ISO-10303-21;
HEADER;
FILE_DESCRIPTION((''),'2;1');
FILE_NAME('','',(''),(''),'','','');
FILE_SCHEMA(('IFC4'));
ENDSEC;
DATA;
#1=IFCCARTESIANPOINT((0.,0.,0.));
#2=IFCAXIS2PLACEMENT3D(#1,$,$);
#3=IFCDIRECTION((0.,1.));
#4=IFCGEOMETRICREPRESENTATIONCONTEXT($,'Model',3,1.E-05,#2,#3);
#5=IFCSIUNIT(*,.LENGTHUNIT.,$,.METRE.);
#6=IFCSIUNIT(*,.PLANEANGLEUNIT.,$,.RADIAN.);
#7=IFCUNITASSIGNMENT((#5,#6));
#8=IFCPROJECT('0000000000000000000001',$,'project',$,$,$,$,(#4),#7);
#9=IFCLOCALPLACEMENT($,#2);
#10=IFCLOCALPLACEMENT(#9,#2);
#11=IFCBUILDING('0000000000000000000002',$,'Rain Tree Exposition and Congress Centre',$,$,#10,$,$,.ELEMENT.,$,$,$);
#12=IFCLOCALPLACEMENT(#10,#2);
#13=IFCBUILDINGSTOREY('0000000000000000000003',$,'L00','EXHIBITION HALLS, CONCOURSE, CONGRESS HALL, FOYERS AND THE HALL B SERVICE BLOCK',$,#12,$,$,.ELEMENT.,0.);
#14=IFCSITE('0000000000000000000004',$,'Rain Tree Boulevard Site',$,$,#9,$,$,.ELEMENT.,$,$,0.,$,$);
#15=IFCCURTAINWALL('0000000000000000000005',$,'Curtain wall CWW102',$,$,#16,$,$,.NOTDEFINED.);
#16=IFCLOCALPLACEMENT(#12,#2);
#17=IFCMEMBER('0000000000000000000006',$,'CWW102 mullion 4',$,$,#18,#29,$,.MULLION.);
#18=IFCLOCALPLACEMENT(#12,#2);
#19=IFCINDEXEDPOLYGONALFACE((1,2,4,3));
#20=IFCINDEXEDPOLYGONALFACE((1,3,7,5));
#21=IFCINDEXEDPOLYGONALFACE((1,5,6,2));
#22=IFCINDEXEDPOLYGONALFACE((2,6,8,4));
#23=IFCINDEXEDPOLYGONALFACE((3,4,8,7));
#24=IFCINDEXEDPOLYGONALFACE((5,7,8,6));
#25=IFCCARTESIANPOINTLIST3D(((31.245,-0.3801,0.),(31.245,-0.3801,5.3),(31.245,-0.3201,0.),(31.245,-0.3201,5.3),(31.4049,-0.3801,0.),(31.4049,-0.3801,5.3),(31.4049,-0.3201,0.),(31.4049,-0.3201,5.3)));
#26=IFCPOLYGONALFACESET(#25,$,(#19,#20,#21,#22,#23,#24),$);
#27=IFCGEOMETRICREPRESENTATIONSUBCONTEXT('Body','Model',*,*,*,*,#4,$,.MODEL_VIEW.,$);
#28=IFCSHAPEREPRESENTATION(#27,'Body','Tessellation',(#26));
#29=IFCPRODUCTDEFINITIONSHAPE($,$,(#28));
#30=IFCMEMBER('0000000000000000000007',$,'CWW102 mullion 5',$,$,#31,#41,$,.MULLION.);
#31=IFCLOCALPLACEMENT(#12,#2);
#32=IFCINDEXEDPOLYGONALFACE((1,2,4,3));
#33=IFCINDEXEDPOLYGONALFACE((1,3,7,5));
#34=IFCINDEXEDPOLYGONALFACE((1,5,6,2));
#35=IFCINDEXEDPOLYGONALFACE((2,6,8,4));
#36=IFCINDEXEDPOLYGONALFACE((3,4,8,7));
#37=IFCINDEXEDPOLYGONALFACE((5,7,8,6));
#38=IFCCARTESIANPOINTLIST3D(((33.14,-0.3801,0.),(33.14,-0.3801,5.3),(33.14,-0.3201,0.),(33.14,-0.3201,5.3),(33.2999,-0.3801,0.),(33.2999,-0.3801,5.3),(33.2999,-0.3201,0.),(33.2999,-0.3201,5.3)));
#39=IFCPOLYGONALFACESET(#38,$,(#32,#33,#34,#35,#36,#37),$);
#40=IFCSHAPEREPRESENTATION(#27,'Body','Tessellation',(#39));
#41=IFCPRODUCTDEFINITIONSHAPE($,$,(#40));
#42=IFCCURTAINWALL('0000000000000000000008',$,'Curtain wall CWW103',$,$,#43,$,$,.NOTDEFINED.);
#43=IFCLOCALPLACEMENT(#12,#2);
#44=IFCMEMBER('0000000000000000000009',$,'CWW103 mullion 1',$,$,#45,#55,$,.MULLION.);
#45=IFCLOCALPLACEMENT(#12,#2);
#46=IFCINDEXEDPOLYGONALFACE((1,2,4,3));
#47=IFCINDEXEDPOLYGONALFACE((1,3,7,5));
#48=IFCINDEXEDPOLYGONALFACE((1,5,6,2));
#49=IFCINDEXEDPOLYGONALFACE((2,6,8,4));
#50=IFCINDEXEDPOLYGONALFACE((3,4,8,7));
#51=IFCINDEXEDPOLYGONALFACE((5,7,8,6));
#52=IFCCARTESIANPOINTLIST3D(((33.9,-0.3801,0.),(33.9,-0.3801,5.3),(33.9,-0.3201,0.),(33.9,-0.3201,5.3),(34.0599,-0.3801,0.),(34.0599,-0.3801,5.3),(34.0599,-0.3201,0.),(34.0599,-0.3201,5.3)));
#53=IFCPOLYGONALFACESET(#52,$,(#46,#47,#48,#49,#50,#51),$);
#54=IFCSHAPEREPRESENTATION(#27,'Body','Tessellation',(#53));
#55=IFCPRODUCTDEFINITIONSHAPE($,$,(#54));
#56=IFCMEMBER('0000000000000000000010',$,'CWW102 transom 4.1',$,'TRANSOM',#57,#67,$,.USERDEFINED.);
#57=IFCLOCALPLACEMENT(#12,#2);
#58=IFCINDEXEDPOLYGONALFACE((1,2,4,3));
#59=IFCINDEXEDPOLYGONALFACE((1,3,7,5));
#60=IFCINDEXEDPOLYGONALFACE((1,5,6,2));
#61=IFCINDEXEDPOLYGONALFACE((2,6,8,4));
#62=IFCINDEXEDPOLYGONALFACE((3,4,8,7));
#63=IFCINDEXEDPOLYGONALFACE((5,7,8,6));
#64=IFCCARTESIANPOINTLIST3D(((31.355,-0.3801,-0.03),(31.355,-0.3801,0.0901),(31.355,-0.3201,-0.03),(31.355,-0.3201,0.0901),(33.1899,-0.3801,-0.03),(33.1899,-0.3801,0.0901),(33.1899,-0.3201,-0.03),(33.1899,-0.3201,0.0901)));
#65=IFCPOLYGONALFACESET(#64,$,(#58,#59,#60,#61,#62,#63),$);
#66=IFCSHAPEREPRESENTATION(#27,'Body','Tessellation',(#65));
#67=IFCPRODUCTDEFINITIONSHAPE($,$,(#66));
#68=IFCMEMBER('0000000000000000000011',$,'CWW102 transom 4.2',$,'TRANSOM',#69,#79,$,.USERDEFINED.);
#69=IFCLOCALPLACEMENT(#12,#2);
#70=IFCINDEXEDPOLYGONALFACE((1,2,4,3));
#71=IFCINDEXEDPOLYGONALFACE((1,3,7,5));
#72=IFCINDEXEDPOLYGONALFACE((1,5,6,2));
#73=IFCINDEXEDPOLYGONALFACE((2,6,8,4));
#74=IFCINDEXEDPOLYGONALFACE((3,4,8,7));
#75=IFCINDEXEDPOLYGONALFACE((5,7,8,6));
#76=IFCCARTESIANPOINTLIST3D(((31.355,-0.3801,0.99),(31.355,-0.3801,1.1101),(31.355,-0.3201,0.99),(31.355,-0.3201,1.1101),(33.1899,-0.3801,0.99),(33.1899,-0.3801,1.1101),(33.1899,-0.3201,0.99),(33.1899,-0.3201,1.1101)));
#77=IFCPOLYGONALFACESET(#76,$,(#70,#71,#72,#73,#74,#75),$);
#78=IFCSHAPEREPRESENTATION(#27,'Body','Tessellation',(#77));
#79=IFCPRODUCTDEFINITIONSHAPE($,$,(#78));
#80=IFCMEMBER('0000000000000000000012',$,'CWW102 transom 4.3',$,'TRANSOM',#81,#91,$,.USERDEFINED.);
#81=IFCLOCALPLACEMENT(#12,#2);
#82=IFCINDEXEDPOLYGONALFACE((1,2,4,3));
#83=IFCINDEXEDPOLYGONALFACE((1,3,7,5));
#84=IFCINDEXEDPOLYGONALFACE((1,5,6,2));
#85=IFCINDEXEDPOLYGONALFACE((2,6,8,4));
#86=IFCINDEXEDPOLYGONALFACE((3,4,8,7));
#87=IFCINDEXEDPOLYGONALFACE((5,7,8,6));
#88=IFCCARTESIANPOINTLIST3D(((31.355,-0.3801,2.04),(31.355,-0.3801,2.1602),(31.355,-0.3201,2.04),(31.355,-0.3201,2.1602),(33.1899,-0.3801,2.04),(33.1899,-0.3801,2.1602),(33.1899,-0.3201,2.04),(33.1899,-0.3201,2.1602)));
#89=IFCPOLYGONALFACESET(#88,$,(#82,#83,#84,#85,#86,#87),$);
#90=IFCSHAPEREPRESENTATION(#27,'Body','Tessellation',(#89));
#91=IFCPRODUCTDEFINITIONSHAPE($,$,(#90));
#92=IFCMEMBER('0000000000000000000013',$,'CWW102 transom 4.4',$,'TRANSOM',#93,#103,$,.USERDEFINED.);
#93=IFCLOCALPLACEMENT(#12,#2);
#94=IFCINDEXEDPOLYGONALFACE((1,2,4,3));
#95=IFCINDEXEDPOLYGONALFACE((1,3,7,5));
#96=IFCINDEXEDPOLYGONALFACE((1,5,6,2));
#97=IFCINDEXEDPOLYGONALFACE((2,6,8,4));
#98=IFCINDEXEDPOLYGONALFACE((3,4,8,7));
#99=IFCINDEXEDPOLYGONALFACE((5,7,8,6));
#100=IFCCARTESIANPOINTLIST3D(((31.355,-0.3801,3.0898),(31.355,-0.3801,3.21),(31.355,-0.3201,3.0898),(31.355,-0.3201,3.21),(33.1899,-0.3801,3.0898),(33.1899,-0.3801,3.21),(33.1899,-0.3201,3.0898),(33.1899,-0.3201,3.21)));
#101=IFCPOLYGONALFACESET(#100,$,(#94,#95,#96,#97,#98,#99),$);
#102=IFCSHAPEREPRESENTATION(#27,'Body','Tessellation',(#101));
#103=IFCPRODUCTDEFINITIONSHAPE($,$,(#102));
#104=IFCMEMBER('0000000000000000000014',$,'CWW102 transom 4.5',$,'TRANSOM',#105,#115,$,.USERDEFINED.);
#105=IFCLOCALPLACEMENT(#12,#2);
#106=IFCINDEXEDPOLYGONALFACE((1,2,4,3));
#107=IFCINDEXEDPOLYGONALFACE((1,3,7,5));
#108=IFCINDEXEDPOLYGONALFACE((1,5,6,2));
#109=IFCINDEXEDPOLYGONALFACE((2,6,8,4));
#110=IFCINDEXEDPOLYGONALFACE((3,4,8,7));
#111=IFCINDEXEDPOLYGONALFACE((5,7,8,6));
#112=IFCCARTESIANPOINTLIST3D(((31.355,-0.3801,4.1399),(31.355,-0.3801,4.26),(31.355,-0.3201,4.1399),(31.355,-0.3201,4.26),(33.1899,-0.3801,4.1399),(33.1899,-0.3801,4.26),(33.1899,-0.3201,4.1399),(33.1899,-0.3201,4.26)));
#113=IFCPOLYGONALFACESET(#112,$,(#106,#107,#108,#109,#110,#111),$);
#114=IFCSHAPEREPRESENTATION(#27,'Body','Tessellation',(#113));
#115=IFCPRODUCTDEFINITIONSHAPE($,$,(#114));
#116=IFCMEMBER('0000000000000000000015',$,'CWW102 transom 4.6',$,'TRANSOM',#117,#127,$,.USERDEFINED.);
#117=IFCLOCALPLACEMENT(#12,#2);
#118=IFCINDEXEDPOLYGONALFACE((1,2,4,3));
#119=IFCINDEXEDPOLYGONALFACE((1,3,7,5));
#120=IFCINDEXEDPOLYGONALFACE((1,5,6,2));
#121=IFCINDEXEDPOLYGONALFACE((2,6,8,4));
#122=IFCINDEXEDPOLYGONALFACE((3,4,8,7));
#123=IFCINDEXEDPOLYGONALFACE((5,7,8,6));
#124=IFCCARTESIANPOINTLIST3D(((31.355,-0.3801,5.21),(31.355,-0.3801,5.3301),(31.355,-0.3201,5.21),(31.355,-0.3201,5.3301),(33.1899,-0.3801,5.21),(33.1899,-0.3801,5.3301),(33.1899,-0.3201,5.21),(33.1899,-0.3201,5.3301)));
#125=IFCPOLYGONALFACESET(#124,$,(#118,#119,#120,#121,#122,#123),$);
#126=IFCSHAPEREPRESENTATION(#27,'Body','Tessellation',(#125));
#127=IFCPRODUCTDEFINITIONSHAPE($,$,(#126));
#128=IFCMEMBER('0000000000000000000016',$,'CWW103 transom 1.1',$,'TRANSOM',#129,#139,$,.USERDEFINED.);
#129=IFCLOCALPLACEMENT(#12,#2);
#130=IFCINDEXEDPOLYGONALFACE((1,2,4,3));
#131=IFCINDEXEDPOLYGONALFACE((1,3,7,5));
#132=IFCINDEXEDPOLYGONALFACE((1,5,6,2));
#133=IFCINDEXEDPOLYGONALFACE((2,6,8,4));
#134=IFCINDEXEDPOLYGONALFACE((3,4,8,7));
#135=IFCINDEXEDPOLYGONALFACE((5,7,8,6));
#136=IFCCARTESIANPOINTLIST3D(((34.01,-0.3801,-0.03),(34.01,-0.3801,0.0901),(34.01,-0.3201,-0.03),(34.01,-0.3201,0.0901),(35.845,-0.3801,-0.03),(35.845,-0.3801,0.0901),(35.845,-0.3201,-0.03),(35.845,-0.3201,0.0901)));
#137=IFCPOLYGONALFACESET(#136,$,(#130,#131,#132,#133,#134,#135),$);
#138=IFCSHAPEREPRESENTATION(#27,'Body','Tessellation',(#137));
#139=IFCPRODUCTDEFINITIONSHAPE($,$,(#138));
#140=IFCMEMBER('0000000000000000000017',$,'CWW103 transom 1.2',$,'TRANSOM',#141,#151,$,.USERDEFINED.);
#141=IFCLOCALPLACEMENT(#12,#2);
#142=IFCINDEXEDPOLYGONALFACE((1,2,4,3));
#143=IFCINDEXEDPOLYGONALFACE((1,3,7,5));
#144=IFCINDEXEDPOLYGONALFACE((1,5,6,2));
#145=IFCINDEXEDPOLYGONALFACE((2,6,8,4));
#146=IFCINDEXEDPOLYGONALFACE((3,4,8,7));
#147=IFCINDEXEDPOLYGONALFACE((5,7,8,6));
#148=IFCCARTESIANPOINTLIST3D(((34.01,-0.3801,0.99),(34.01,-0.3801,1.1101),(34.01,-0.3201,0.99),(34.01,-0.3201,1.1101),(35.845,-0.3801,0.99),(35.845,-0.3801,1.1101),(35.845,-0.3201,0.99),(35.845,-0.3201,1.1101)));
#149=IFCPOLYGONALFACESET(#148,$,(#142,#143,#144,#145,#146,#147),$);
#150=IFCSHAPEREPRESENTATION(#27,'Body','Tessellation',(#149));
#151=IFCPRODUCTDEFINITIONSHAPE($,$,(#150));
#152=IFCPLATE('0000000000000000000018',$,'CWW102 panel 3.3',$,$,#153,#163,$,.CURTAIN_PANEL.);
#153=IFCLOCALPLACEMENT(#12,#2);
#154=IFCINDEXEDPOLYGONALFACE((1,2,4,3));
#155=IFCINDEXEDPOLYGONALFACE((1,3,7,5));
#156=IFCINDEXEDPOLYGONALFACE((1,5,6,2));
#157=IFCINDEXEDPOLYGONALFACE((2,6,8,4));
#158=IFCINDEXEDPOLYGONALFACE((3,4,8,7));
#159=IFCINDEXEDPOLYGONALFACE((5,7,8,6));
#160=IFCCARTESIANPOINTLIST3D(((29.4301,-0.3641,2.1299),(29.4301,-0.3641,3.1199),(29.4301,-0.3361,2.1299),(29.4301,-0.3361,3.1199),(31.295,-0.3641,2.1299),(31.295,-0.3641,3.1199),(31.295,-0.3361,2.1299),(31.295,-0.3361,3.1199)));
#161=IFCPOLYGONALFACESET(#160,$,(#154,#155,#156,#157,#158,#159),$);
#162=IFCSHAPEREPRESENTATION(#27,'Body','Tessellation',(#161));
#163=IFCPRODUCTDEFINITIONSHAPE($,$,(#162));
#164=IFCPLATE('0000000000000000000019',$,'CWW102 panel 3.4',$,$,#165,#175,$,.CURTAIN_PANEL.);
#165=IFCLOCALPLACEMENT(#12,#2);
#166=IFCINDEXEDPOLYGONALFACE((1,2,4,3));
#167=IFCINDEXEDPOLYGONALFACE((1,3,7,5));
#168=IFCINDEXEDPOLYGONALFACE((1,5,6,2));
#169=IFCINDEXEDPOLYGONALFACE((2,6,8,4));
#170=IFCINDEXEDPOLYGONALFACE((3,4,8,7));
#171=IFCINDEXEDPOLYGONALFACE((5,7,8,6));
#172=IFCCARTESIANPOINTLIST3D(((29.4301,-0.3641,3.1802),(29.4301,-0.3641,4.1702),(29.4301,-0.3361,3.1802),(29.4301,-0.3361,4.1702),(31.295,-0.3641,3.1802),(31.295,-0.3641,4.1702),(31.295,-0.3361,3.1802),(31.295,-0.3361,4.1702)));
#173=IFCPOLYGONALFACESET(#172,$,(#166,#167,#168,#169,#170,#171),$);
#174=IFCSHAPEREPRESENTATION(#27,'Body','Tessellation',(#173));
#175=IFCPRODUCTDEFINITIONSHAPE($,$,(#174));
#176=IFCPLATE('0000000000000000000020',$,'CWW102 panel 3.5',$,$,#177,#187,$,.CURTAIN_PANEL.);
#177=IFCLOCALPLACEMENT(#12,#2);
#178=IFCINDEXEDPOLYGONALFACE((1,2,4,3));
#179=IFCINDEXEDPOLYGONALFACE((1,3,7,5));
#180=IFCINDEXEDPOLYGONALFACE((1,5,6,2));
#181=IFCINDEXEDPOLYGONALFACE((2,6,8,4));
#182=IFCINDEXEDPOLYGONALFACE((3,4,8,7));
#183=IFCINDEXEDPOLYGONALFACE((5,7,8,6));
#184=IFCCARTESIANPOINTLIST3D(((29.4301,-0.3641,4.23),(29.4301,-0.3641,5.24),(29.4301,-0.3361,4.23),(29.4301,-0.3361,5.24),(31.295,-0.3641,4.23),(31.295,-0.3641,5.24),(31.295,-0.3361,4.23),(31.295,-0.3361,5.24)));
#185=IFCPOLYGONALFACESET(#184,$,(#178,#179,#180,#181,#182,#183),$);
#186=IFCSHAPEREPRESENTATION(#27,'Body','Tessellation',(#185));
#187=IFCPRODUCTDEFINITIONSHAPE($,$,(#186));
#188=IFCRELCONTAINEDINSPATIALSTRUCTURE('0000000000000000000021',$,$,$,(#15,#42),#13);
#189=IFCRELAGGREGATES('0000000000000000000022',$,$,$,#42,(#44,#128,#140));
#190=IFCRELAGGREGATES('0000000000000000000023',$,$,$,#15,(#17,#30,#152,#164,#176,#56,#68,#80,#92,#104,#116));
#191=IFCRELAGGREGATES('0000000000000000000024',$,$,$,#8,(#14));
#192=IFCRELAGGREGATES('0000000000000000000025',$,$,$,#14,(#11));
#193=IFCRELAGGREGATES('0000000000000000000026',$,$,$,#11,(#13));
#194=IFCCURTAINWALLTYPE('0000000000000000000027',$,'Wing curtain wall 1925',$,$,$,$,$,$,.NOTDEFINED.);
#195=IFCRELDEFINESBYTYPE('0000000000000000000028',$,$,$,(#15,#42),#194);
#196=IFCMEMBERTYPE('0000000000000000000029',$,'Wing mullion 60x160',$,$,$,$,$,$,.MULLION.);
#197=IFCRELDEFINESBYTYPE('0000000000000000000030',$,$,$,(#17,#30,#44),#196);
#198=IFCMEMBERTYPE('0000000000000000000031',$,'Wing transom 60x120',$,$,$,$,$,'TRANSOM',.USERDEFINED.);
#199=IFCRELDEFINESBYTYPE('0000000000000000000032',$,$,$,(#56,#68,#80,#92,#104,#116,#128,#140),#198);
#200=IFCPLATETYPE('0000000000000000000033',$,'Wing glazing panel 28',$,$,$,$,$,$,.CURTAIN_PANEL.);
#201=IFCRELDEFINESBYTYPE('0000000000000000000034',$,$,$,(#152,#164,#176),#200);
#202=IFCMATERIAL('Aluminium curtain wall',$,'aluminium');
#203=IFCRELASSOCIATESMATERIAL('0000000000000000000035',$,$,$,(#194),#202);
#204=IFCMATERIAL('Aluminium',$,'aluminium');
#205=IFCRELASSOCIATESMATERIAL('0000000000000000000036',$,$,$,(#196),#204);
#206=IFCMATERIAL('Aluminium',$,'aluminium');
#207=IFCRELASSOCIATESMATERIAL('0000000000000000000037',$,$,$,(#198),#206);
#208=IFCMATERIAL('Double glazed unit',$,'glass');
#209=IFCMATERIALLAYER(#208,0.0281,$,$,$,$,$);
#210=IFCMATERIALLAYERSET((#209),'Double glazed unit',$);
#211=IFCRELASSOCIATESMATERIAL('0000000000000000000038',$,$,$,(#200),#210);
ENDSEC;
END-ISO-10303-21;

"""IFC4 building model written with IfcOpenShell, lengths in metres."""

from ifc_helpers import new_model, si_unit, direction, frame, origin, origin_2d, place, context, subcontext, project, spatial, rectangle, extrude, material, layer, layer_set, material_profile, profile_set, type_object, element, aggregate, save


model = new_model("IFC4")

# Units and contexts
model_context = context("Model", 3, precision=1e-05, world=origin(), true_north=direction((0.0, 1.0)))
body_context = subcontext(model_context, "Body", "Model", "MODEL_VIEW")
ifc_project = project(units=[si_unit("LENGTHUNIT", "METRE"), si_unit("PLANEANGLEUNIT", "RADIAN")], contexts=[model_context])

# Site, building, storey
site_placement = place(None, origin())
site = spatial("IfcSite", under=ifc_project, at=site_placement, Name="Rain Tree Boulevard Site", CompositionType="ELEMENT", RefElevation=0.0)
building_placement = place(site_placement, origin())
building = spatial("IfcBuilding", under=site, at=building_placement, Name="Rain Tree Exposition and Congress Centre", CompositionType="ELEMENT")
storey_placement = place(building_placement, origin())
storey = spatial("IfcBuildingStorey", under=building, at=storey_placement, Name="L00", Description="EXHIBITION HALLS, CONCOURSE, CONGRESS HALL, FOYERS AND THE HALL B SERVICE BLOCK", CompositionType="ELEMENT", Elevation=0.0)

# Curtain wall, members
ifc_material_1 = material(Name="Aluminium curtain wall", Category="aluminium")
curtain_wall_type = type_object("IfcCurtainWallType", Name="Wing curtain wall 1925", PredefinedType="NOTDEFINED", material=ifc_material_1)
curtain_wall_1_placement = place(storey_placement, origin())
curtain_wall_1 = element("IfcCurtainWall", 1, at=curtain_wall_1_placement, inside=storey, type_object=curtain_wall_type, Name="Curtain wall CWW102", PredefinedType="NOTDEFINED")
ifc_material_2 = material(Name="Aluminium", Category="aluminium")
ifc_material_profile_1 = material_profile(ifc_material_2, rectangle(XDim=0.0601, YDim=0.1599, at=origin_2d()), Name="Aluminium 60x160")
ifc_profile_set_1 = profile_set([ifc_material_profile_1], Name="Aluminium")
member_type_1 = type_object("IfcMemberType", Name="Wing mullion 60x160", PredefinedType="MULLION", material=ifc_profile_set_1)
member_1_placement = place(storey_placement, frame((31.325, -0.3501, 0.0), z_axis=(0.0, 0.0, 1.0), x_axis=(0.0, 1.0, 0.0)))
member_1 = element("IfcMember", 2, at=member_1_placement, type_object=member_type_1, Name="CWW102 mullion 4", PredefinedType="MULLION", context=body_context, shape_type="SweptSolid", body=[
    extrude(rectangle(XDim=0.0601, YDim=0.1599, at=origin_2d()), origin(), (0.0, 0.0, 1.0), 5.3),
])
member_2_placement = place(storey_placement, frame((33.22, -0.3501, 0.0), z_axis=(0.0, 0.0, 1.0), x_axis=(0.0, 1.0, 0.0)))
member_2 = element("IfcMember", 3, at=member_2_placement, type_object=member_type_1, Name="CWW102 mullion 5", PredefinedType="MULLION", context=body_context, shape_type="SweptSolid", body=[
    extrude(rectangle(XDim=0.0601, YDim=0.1599, at=origin_2d()), origin(), (0.0, 0.0, 1.0), 5.3),
])

# Curtain wall, member
curtain_wall_2_placement = place(storey_placement, origin())
curtain_wall_2 = element("IfcCurtainWall", 4, at=curtain_wall_2_placement, inside=storey, type_object=curtain_wall_type, Name="Curtain wall CWW103", PredefinedType="NOTDEFINED")
member_3_placement = place(storey_placement, frame((33.98, -0.3501, 0.0), z_axis=(0.0, 0.0, 1.0), x_axis=(0.0, 1.0, 0.0)))
member_3 = element("IfcMember", 5, at=member_3_placement, type_object=member_type_1, Name="CWW103 mullion 1", PredefinedType="MULLION", context=body_context, shape_type="SweptSolid", body=[
    extrude(rectangle(XDim=0.0601, YDim=0.1599, at=origin_2d()), origin(), (0.0, 0.0, 1.0), 5.3),
])

# Members
ifc_material_3 = material(Name="Aluminium", Category="aluminium")
ifc_material_profile_2 = material_profile(ifc_material_3, rectangle(XDim=0.0601, YDim=0.1201, at=origin_2d()), Name="Aluminium 60x120")
ifc_profile_set_2 = profile_set([ifc_material_profile_2], Name="Aluminium")
member_type_2 = type_object("IfcMemberType", Name="Wing transom 60x120", ElementType="TRANSOM", PredefinedType="USERDEFINED", material=ifc_profile_set_2)
member_4_placement = place(storey_placement, frame((31.355, -0.3501, 0.03), z_axis=(1.0, 0.0, 0.0), x_axis=(0.0, 1.0, 0.0)))
member_4 = element("IfcMember", 6, at=member_4_placement, type_object=member_type_2, Name="CWW102 transom 4.1", ObjectType="TRANSOM", PredefinedType="USERDEFINED", context=body_context, shape_type="SweptSolid", body=[
    extrude(rectangle(XDim=0.0601, YDim=0.1201, at=origin_2d()), origin(), (0.0, 0.0, 1.0), 1.835),
])
member_5_placement = place(storey_placement, frame((31.355, -0.3501, 1.05), z_axis=(1.0, 0.0, 0.0), x_axis=(0.0, 1.0, 0.0)))
member_5 = element("IfcMember", 7, at=member_5_placement, type_object=member_type_2, Name="CWW102 transom 4.2", ObjectType="TRANSOM", PredefinedType="USERDEFINED", context=body_context, shape_type="SweptSolid", body=[
    extrude(rectangle(XDim=0.0601, YDim=0.1201, at=origin_2d()), origin(), (0.0, 0.0, 1.0), 1.835),
])
member_6_placement = place(storey_placement, frame((31.355, -0.3501, 2.1001), z_axis=(1.0, 0.0, 0.0), x_axis=(0.0, 1.0, 0.0)))
member_6 = element("IfcMember", 8, at=member_6_placement, type_object=member_type_2, Name="CWW102 transom 4.3", ObjectType="TRANSOM", PredefinedType="USERDEFINED", context=body_context, shape_type="SweptSolid", body=[
    extrude(rectangle(XDim=0.0601, YDim=0.1201, at=origin_2d()), origin(), (0.0, 0.0, 1.0), 1.835),
])
member_7_placement = place(storey_placement, frame((31.355, -0.3501, 3.1499), z_axis=(1.0, 0.0, 0.0), x_axis=(0.0, 1.0, 0.0)))
member_7 = element("IfcMember", 9, at=member_7_placement, type_object=member_type_2, Name="CWW102 transom 4.4", ObjectType="TRANSOM", PredefinedType="USERDEFINED", context=body_context, shape_type="SweptSolid", body=[
    extrude(rectangle(XDim=0.0601, YDim=0.1201, at=origin_2d()), origin(), (0.0, 0.0, 1.0), 1.835),
])
member_8_placement = place(storey_placement, frame((31.355, -0.3501, 4.2), z_axis=(1.0, 0.0, 0.0), x_axis=(0.0, 1.0, 0.0)))
member_8 = element("IfcMember", 10, at=member_8_placement, type_object=member_type_2, Name="CWW102 transom 4.5", ObjectType="TRANSOM", PredefinedType="USERDEFINED", context=body_context, shape_type="SweptSolid", body=[
    extrude(rectangle(XDim=0.0601, YDim=0.1201, at=origin_2d()), origin(), (0.0, 0.0, 1.0), 1.835),
])
member_9_placement = place(storey_placement, frame((31.355, -0.3501, 5.27), z_axis=(1.0, 0.0, 0.0), x_axis=(0.0, 1.0, 0.0)))
member_9 = element("IfcMember", 11, at=member_9_placement, type_object=member_type_2, Name="CWW102 transom 4.6", ObjectType="TRANSOM", PredefinedType="USERDEFINED", context=body_context, shape_type="SweptSolid", body=[
    extrude(rectangle(XDim=0.0601, YDim=0.1201, at=origin_2d()), origin(), (0.0, 0.0, 1.0), 1.835),
])
member_10_placement = place(storey_placement, frame((34.01, -0.3501, 0.03), z_axis=(1.0, 0.0, 0.0), x_axis=(0.0, 1.0, 0.0)))
member_10 = element("IfcMember", 12, at=member_10_placement, type_object=member_type_2, Name="CWW103 transom 1.1", ObjectType="TRANSOM", PredefinedType="USERDEFINED", context=body_context, shape_type="SweptSolid", body=[
    extrude(rectangle(XDim=0.0601, YDim=0.1201, at=origin_2d()), origin(), (0.0, 0.0, 1.0), 1.835),
])
member_11_placement = place(storey_placement, frame((34.01, -0.3501, 1.05), z_axis=(1.0, 0.0, 0.0), x_axis=(0.0, 1.0, 0.0)))
member_11 = element("IfcMember", 13, at=member_11_placement, type_object=member_type_2, Name="CWW103 transom 1.2", ObjectType="TRANSOM", PredefinedType="USERDEFINED", context=body_context, shape_type="SweptSolid", body=[
    extrude(rectangle(XDim=0.0601, YDim=0.1201, at=origin_2d()), origin(), (0.0, 0.0, 1.0), 1.835),
])
aggregate(curtain_wall_2, [member_3, member_10, member_11])

# Plates
ifc_material_4 = material(Name="Double glazed unit", Category="glass")
ifc_layer_1 = layer(ifc_material_4, 0.0281)
ifc_layer_set_1 = layer_set([ifc_layer_1], Name="Double glazed unit")
plate_type = type_object("IfcPlateType", Name="Wing glazing panel 28", PredefinedType="CURTAIN_PANEL", material=ifc_layer_set_1)
plate_1_placement = place(storey_placement, frame((30.3625, -0.3501, 2.1299), z_axis=(0.0, 0.0, 1.0), x_axis=(1.0, 0.0, 0.0)))
plate_1 = element("IfcPlate", 14, at=plate_1_placement, type_object=plate_type, Name="CWW102 panel 3.3", PredefinedType="CURTAIN_PANEL", context=body_context, shape_type="SweptSolid", body=[
    extrude(rectangle(XDim=1.865, YDim=0.0281, at=origin_2d()), origin(), (0.0, 0.0, 1.0), 0.99),
])
plate_2_placement = place(storey_placement, frame((30.3625, -0.3501, 3.1802), z_axis=(0.0, 0.0, 1.0), x_axis=(1.0, 0.0, 0.0)))
plate_2 = element("IfcPlate", 15, at=plate_2_placement, type_object=plate_type, Name="CWW102 panel 3.4", PredefinedType="CURTAIN_PANEL", context=body_context, shape_type="SweptSolid", body=[
    extrude(rectangle(XDim=1.865, YDim=0.0281, at=origin_2d()), origin(), (0.0, 0.0, 1.0), 0.99),
])
plate_3_placement = place(storey_placement, frame((30.3625, -0.3501, 4.23), z_axis=(0.0, 0.0, 1.0), x_axis=(1.0, 0.0, 0.0)))
plate_3 = element("IfcPlate", 16, at=plate_3_placement, type_object=plate_type, Name="CWW102 panel 3.5", PredefinedType="CURTAIN_PANEL", context=body_context, shape_type="SweptSolid", body=[
    extrude(rectangle(XDim=1.865, YDim=0.0281, at=origin_2d()), origin(), (0.0, 0.0, 1.0), 1.01),
])
aggregate(curtain_wall_1, [member_1, member_2, plate_1, plate_2, plate_3, member_4, member_5, member_6, member_7, member_8, member_9])

save(model, "model.ifc")
